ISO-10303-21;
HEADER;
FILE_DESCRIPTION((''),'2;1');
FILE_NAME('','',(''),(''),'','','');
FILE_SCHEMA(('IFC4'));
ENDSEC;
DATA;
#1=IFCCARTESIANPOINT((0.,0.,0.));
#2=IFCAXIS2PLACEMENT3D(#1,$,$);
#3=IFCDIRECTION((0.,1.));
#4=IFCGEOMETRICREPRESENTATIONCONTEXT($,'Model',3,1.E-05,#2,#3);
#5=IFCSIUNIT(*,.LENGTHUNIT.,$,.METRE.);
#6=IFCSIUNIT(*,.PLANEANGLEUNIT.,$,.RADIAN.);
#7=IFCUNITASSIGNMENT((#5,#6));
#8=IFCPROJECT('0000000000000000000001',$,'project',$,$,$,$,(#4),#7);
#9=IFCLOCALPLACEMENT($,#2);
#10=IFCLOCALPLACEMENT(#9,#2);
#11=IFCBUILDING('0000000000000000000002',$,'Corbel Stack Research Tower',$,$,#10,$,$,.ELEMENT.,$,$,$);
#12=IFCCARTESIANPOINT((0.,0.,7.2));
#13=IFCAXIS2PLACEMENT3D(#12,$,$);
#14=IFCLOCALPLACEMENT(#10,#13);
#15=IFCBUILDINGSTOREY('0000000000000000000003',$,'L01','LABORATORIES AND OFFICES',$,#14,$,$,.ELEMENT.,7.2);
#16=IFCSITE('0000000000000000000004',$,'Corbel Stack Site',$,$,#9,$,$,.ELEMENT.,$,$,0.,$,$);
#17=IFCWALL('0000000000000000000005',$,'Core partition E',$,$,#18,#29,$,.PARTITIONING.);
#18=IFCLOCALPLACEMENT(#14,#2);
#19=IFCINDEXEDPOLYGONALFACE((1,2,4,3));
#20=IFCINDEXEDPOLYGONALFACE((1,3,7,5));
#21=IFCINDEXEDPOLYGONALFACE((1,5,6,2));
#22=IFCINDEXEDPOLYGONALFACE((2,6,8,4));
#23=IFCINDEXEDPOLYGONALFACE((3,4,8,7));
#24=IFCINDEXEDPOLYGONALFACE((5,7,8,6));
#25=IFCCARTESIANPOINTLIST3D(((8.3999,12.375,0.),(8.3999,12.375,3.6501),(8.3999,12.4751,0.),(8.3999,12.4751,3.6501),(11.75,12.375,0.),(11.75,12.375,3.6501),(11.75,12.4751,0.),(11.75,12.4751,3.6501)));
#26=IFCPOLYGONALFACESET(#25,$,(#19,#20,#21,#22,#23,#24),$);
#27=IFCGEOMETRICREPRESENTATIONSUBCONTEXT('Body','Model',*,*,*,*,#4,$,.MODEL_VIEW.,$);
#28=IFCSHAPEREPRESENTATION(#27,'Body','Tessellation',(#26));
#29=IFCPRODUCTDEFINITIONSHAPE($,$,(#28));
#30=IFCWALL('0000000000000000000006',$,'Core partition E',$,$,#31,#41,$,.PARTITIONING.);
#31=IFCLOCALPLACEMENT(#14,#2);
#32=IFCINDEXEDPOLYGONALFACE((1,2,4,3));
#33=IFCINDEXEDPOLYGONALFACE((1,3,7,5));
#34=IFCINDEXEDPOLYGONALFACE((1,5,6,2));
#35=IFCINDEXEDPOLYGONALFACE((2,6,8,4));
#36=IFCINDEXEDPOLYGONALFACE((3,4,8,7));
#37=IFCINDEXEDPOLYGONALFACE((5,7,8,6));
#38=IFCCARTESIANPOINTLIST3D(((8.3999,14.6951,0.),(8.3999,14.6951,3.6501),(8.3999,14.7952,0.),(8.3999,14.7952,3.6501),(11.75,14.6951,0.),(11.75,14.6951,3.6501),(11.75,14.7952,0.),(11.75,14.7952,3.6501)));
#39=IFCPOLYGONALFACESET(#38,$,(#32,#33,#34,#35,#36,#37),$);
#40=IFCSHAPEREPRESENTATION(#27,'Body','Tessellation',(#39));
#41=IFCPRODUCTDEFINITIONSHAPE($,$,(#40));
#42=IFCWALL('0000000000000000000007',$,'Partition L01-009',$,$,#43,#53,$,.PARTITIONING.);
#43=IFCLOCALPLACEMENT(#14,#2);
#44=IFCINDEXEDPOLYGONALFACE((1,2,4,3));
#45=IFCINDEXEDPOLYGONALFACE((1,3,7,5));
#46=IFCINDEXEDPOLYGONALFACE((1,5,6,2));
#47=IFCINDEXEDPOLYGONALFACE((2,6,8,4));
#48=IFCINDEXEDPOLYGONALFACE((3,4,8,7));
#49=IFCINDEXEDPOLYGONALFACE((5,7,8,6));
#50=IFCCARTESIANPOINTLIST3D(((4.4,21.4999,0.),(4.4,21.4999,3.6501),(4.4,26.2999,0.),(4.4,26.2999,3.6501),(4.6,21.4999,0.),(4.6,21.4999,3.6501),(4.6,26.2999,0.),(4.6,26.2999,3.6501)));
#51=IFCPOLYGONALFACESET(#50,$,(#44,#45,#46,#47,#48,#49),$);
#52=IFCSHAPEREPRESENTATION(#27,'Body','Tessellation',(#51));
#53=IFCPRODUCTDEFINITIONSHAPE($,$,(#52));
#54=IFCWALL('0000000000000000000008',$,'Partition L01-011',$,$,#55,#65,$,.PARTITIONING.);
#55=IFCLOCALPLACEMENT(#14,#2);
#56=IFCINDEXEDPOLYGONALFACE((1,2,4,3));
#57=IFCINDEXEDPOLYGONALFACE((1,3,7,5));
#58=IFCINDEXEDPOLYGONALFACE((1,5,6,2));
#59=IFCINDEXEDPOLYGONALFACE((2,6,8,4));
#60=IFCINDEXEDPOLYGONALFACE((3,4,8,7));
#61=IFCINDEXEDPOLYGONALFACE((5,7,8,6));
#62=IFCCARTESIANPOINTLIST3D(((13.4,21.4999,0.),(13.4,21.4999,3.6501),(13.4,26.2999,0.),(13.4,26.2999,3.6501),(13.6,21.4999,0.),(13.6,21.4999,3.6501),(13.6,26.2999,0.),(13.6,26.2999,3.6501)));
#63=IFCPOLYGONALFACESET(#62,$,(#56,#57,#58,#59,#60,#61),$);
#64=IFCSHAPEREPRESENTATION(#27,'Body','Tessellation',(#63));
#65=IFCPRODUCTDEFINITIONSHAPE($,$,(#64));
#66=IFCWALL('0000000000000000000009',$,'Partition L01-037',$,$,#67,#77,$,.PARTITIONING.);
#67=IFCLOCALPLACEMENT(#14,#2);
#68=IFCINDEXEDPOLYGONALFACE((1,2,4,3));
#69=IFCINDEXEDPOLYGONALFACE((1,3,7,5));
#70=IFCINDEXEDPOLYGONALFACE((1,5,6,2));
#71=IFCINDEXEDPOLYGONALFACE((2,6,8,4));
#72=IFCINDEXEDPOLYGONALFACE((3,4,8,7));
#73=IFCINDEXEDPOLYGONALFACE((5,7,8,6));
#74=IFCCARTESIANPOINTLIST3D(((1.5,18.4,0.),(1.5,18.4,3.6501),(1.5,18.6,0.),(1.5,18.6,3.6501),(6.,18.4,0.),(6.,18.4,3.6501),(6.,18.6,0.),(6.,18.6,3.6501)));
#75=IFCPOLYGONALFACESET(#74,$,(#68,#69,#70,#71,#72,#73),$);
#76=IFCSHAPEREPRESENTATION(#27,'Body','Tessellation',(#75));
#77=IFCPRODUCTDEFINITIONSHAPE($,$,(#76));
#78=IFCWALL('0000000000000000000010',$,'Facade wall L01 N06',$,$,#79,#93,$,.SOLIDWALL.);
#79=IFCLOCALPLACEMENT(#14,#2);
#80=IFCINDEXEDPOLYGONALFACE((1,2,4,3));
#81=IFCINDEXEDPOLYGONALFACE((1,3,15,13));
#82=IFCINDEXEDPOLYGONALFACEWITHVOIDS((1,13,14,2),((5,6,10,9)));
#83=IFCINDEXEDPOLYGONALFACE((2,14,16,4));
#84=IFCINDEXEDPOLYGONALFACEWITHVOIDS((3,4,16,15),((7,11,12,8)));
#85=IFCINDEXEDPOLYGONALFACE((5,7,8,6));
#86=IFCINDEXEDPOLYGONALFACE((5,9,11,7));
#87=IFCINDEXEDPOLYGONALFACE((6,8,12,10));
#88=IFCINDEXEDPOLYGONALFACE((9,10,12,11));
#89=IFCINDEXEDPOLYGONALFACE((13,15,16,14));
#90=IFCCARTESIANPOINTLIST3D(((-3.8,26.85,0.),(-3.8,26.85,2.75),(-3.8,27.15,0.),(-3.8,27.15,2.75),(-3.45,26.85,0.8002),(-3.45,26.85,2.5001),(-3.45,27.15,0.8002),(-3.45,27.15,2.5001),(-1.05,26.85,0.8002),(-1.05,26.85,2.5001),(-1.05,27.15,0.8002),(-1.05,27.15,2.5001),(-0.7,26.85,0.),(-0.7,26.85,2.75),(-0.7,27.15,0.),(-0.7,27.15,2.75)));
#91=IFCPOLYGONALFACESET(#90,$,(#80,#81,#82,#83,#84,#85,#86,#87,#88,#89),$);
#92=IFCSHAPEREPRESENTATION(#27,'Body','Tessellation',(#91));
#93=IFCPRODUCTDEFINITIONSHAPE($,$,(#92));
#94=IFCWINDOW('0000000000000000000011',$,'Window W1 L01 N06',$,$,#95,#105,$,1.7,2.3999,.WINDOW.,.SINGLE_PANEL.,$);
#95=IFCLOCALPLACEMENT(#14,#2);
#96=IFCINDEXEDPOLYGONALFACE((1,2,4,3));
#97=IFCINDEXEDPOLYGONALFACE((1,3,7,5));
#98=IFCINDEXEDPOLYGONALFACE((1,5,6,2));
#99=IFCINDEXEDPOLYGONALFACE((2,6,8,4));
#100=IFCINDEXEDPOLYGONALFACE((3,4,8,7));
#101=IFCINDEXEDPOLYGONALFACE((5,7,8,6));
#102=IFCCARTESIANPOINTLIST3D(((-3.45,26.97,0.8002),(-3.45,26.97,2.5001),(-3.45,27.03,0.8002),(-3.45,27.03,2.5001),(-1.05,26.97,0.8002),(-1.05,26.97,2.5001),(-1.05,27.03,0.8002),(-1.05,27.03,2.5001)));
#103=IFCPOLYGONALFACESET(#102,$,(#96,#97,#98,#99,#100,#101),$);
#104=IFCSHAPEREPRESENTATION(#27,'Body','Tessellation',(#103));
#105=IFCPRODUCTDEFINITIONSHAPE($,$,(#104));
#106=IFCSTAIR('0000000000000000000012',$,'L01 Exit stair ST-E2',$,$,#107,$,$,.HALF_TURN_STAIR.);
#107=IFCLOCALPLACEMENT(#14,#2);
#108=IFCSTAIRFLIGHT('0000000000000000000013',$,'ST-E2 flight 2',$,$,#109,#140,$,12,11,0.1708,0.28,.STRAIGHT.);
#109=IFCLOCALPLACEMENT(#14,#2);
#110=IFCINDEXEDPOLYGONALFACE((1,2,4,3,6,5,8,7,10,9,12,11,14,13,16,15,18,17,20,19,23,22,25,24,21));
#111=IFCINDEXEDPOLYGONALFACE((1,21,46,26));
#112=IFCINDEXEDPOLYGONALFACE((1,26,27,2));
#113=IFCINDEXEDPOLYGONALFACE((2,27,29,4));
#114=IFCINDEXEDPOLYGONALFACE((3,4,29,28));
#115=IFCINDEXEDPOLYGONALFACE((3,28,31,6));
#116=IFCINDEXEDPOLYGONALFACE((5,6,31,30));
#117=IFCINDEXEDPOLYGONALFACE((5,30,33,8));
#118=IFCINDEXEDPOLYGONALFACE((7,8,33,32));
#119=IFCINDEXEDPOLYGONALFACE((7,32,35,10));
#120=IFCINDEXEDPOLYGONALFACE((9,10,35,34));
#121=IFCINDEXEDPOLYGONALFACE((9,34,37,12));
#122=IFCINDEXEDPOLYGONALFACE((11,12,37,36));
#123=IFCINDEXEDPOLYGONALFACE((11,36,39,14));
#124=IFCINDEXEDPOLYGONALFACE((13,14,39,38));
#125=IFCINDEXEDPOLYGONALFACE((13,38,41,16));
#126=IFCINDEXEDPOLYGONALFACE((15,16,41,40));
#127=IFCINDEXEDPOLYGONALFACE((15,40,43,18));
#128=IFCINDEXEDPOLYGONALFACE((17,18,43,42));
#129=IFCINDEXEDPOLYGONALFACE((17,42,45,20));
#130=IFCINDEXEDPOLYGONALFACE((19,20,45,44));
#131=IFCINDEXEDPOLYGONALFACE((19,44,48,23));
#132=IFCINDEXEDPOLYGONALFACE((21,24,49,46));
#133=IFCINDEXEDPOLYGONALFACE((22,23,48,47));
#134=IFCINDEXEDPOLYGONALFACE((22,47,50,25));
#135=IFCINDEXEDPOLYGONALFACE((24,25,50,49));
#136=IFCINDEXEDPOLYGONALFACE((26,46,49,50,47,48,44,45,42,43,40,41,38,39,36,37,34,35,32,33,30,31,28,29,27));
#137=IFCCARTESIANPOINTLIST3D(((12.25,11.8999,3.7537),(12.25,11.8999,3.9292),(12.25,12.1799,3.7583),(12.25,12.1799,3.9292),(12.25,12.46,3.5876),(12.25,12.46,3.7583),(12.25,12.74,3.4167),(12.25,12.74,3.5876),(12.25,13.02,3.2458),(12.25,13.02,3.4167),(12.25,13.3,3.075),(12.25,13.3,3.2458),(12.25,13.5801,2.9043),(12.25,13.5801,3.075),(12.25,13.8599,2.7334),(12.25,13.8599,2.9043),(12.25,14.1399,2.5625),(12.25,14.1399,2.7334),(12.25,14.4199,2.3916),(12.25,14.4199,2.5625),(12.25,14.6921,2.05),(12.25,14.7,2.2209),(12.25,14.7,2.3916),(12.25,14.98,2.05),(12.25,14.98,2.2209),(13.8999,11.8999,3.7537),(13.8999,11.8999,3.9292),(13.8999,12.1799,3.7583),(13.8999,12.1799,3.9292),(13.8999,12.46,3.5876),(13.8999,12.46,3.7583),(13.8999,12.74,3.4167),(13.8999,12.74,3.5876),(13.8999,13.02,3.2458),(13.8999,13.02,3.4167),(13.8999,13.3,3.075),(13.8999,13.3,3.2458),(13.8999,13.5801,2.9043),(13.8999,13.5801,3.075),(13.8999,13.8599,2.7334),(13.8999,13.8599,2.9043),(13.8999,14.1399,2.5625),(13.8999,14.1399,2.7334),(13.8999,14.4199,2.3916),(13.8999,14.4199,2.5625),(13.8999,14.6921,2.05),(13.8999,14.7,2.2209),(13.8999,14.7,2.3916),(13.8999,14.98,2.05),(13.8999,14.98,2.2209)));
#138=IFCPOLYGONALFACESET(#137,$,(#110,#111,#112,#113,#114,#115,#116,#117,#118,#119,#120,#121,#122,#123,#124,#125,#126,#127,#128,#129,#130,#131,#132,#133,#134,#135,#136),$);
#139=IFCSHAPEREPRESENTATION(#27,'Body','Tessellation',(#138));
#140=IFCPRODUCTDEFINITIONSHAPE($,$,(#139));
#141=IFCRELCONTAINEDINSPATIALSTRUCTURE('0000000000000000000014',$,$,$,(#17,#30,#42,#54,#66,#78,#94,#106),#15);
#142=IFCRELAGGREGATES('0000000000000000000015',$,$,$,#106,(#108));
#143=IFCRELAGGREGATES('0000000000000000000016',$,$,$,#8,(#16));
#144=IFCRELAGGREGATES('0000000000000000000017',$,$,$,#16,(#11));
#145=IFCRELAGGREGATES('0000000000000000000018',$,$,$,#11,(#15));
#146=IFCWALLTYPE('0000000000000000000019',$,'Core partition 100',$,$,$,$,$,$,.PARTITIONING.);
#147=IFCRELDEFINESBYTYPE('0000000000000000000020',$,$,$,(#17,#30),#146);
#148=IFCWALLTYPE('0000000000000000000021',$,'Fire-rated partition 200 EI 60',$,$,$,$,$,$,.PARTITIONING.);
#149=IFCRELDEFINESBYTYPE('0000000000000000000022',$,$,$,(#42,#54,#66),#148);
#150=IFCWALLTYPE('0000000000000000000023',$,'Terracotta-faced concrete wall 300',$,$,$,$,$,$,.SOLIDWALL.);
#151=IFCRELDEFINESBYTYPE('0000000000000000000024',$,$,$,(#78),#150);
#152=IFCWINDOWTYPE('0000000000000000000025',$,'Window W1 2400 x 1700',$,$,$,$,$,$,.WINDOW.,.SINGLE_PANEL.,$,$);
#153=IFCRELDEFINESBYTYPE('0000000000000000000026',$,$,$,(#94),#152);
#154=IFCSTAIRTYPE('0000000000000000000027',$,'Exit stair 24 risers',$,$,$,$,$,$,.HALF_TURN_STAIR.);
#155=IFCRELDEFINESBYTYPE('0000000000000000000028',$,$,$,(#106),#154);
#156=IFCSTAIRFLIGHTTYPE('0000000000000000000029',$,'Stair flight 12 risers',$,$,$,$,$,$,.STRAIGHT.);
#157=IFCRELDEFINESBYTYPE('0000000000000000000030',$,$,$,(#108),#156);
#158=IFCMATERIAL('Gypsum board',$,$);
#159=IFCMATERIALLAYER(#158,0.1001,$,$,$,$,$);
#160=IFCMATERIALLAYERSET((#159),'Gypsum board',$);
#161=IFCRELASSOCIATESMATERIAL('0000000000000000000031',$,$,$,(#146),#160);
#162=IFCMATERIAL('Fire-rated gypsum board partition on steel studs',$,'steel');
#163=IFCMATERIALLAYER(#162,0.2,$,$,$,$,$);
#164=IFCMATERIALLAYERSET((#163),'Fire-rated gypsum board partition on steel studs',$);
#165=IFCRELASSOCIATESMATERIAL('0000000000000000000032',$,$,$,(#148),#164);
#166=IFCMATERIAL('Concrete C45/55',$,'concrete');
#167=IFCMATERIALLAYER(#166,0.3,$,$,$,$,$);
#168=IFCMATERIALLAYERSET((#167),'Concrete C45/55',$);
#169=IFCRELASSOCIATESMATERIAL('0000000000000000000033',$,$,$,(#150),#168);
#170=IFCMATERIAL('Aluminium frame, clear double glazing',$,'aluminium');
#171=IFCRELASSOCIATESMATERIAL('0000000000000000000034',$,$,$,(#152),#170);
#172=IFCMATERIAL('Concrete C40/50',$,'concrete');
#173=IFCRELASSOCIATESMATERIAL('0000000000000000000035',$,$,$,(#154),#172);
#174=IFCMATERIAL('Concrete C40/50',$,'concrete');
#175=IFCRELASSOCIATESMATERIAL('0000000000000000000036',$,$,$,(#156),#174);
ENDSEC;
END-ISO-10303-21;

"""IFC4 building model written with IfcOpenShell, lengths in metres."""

from ifc_helpers import new_model, si_unit, direction, frame, frame_2d, origin, place, context, subcontext, project, spatial, polyline, rectangle, outline, extrude, material, layer, layer_set, type_object, element, fill, aggregate, save


model = new_model("IFC4")

# Units and contexts
model_context = context("Model", 3, precision=1e-05, world=origin(), true_north=direction((0.0, 1.0)))
body_context = subcontext(model_context, "Body", "Model", "MODEL_VIEW")
ifc_project = project(units=[si_unit("LENGTHUNIT", "METRE"), si_unit("PLANEANGLEUNIT", "RADIAN")], contexts=[model_context])

# Site, building, storey
site_placement = place(None, origin())
site = spatial("IfcSite", under=ifc_project, at=site_placement, Name="Corbel Stack Site", CompositionType="ELEMENT", RefElevation=0.0)
building_placement = place(site_placement, origin())
building = spatial("IfcBuilding", under=site, at=building_placement, Name="Corbel Stack Research Tower", CompositionType="ELEMENT")
storey_placement = place(building_placement, frame((0.0, 0.0, 7.2)))
storey = spatial("IfcBuildingStorey", under=building, at=storey_placement, Name="L01", Description="LABORATORIES AND OFFICES", CompositionType="ELEMENT", Elevation=7.2)

# Shared definitions
ifc_material_1 = material(Name="Gypsum board")
ifc_layer_1 = layer(ifc_material_1, 0.1001)
ifc_layer_set_1 = layer_set([ifc_layer_1], Name="Gypsum board")
wall_type_1 = type_object("IfcWallType", Name="Core partition 100", PredefinedType="PARTITIONING", material=ifc_layer_set_1)

# Walls
for number, where, z_axis, x_axis, name in (
    (1, (8.3999, 12.425, 0.0), (0.0, 0.0, 1.0), (1.0, 0.0, 0.0), "Core partition E"),
    (2, (8.3999, 14.7451, 0.0), (0.0, 0.0, 1.0), (1.0, 0.0, 0.0), "Core partition E"),
):
    element("IfcWall", number, at=place(storey_placement, frame(where, z_axis=z_axis, x_axis=x_axis)), inside=storey, type_object=wall_type_1, Name=name, PredefinedType="PARTITIONING", context=body_context, shape_type="SweptSolid", body=[
        extrude(rectangle(XDim=3.3501, YDim=0.1001, at=frame_2d((1.675, 0.0))), origin(), (0.0, 0.0, 1.0), 3.6501),
    ])
ifc_material_2 = material(Name="Fire-rated gypsum board partition on steel studs", Category="steel")
ifc_layer_2 = layer(ifc_material_2, 0.2)
ifc_layer_set_2 = layer_set([ifc_layer_2], Name="Fire-rated gypsum board partition on steel studs")
wall_type_2 = type_object("IfcWallType", Name="Fire-rated partition 200 EI 60", PredefinedType="PARTITIONING", material=ifc_layer_set_2)
for number, where, z_axis, x_axis, name in (
    (3, (4.5, 21.5, 0.0), (0.0, 0.0, 1.0), (0.0, 1.0, 0.0), "Partition L01-009"),
    (4, (13.5, 21.5, 0.0), (0.0, 0.0, 1.0), (0.0, 1.0, 0.0), "Partition L01-011"),
):
    element("IfcWall", number, at=place(storey_placement, frame(where, z_axis=z_axis, x_axis=x_axis)), inside=storey, type_object=wall_type_2, Name=name, PredefinedType="PARTITIONING", context=body_context, shape_type="SweptSolid", body=[
        extrude(rectangle(XDim=4.8, YDim=0.2, at=frame_2d((2.3999, 0.0))), origin(), (0.0, 0.0, 1.0), 3.6501),
    ])
wall_1_placement = place(storey_placement, frame((1.5, 18.5, 0.0), z_axis=(0.0, 0.0, 1.0), x_axis=(1.0, 0.0, 0.0)))
element("IfcWall", 5, at=wall_1_placement, inside=storey, type_object=wall_type_2, Name="Partition L01-037", PredefinedType="PARTITIONING", context=body_context, shape_type="SweptSolid", body=[
    extrude(rectangle(XDim=4.5, YDim=0.2, at=frame_2d((2.25, 0.0))), origin(), (0.0, 0.0, 1.0), 3.6501),
])

# Wall, opening, window
ifc_material_3 = material(Name="Concrete C45/55", Category="concrete")
ifc_layer_3 = layer(ifc_material_3, 0.3)
ifc_layer_set_3 = layer_set([ifc_layer_3], Name="Concrete C45/55")
wall_type_3 = type_object("IfcWallType", Name="Terracotta-faced concrete wall 300", PredefinedType="SOLIDWALL", material=ifc_layer_set_3)
wall_2_placement = place(storey_placement, frame((-3.8, 27.0, 0.0), z_axis=(0.0, 0.0, 1.0), x_axis=(1.0, 0.0, 0.0)))
wall_2 = element("IfcWall", 6, at=wall_2_placement, inside=storey, type_object=wall_type_3, Name="Facade wall L01 N06", PredefinedType="SOLIDWALL", context=body_context, shape_type="SweptSolid", body=[
    extrude(rectangle(XDim=3.1001, YDim=0.3, at=frame_2d((1.55, 0.0))), origin(), (0.0, 0.0, 1.0), 2.75),
])
opening_1_placement = place(wall_2_placement, frame((0.3501, 0.0, 0.8)))
opening_1 = element("IfcOpeningElement", 7, at=opening_1_placement, cuts=wall_2, PredefinedType="OPENING", context=body_context, shape_type="SweptSolid", body=[
    extrude(rectangle(XDim=2.3999, YDim=1.7, at=frame_2d((1.2, 0.8501))), frame((0.0, 0.1599, 0.0), z_axis=(0.0, -1.0, 0.0), x_axis=(1.0, 0.0, 0.0)), (0.0, 0.0, 1.0), 0.3201),
])
ifc_material_4 = material(Name="Aluminium frame, clear double glazing", Category="aluminium")
window_type = type_object("IfcWindowType", Name="Window W1 2400 x 1700", PartitioningType="SINGLE_PANEL", PredefinedType="WINDOW", material=ifc_material_4)
window_placement = place(opening_1_placement, origin())
window = element("IfcWindow", 8, at=window_placement, inside=storey, type_object=window_type, Name="Window W1 L01 N06", OverallHeight=1.7, OverallWidth=2.3999, PartitioningType="SINGLE_PANEL", PredefinedType="WINDOW", context=body_context, shape_type="SweptSolid", body=[
    extrude(rectangle(XDim=2.3999, YDim=1.7, at=frame_2d((1.2, 0.8501))), frame((0.0, 0.03, 0.0), z_axis=(0.0, -1.0, 0.0), x_axis=(1.0, 0.0, 0.0)), (0.0, 0.0, 1.0), 0.0601),
])
fill(opening_1, window)

# Stair, stair flight
ifc_material_5 = material(Name="Concrete C40/50", Category="concrete")
stair_type = type_object("IfcStairType", Name="Exit stair 24 risers", PredefinedType="HALF_TURN_STAIR", material=ifc_material_5)
stair_placement = place(storey_placement, origin())
stair = element("IfcStair", 9, at=stair_placement, inside=storey, type_object=stair_type, Name="L01 Exit stair ST-E2", PredefinedType="HALF_TURN_STAIR")
ifc_material_6 = material(Name="Concrete C40/50", Category="concrete")
stair_flight_type = type_object("IfcStairFlightType", Name="Stair flight 12 risers", PredefinedType="STRAIGHT", material=ifc_material_6)
stair_flight_placement = place(storey_placement, frame((13.075, 14.98, 2.05), z_axis=(0.0, 0.0, 1.0), x_axis=(0.0, -1.0, 0.0)))
stair_flight = element("IfcStairFlight", 10, at=stair_flight_placement, type_object=stair_flight_type, Name="ST-E2 flight 2", NumberOfRisers=12, NumberOfTreads=11, PredefinedType="STRAIGHT", RiserHeight=0.1708, TreadLength=0.28, context=body_context, shape_type="SweptSolid", body=[
    extrude(outline(polyline([(0.0, 0.0), (0.0, 0.1709), (0.28, 0.1709), (0.28, 0.3416), (0.5601, 0.3416), (0.5601, 0.5125), (0.8401, 0.5125), (0.8401, 0.6833), (1.1201, 0.6833), (1.1201, 0.8542), (1.3999, 0.8542), (1.3999, 1.0249), (1.6799, 1.0249), (1.6799, 1.1958), (1.96, 1.1958), (1.96, 1.3667), (2.24, 1.3667), (2.24, 1.5376), (2.52, 1.5376), (2.52, 1.7083), (2.8, 1.7083), (2.8, 1.8792), (3.0801, 1.8792), (3.0801, 2.05), (3.0801, 1.7036), (0.2878, 0.0), (0.0, 0.0)])), frame((0.0, 0.825, 0.0), z_axis=(0.0, -1.0, 0.0), x_axis=(1.0, 0.0, 0.0)), (0.0, 0.0, 1.0), 1.6499),
])
aggregate(stair, [stair_flight])

save(model, "model.ifc")
